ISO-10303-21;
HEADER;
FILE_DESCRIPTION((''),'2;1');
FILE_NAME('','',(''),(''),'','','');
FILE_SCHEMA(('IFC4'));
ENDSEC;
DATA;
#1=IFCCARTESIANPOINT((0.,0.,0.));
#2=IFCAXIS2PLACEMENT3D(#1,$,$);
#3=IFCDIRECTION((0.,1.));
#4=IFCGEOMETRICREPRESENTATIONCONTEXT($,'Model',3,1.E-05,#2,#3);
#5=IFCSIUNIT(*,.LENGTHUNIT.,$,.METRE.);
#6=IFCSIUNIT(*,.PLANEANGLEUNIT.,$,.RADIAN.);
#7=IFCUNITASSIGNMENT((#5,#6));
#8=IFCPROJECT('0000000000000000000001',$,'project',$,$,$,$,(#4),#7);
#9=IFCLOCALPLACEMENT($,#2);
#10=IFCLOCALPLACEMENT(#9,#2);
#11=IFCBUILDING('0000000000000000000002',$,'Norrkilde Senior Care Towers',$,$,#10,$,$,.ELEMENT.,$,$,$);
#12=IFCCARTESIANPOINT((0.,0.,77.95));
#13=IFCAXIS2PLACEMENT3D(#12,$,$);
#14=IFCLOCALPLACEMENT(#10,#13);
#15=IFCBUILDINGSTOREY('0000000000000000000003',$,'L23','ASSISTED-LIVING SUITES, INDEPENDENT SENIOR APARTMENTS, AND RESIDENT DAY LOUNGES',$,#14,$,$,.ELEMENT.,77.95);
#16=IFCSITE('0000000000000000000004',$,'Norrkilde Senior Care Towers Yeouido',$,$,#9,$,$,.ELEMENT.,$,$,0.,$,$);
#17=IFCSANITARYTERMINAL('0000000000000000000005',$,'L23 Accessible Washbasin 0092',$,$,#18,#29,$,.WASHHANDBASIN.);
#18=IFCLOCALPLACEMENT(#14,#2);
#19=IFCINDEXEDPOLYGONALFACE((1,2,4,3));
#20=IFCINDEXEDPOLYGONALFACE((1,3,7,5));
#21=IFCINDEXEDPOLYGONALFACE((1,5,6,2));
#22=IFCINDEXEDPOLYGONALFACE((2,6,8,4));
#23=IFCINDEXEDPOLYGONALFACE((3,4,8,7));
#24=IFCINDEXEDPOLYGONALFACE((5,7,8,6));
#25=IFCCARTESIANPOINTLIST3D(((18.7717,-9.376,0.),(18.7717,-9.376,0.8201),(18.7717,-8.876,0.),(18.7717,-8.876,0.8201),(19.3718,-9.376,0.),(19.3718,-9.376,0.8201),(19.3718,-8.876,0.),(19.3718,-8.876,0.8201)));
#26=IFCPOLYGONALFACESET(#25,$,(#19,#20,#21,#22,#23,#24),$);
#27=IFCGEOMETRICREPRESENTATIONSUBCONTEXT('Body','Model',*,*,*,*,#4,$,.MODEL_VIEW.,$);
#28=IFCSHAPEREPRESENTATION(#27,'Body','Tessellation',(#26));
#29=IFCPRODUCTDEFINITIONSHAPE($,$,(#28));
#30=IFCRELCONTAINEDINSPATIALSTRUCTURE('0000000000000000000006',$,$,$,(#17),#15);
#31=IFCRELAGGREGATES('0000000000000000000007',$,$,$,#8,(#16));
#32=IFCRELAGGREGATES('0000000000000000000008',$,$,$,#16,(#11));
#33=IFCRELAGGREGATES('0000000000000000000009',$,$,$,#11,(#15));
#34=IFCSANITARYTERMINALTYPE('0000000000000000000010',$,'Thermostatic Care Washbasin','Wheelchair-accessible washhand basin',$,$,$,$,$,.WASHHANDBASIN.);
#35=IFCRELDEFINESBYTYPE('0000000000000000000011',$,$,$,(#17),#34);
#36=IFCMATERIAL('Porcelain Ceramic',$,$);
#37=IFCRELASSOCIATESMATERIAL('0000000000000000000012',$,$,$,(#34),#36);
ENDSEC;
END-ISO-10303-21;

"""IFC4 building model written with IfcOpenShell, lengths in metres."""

from ifc_helpers import new_model, si_unit, direction, frame, origin, origin_2d, place, context, subcontext, project, spatial, rectangle, extrude, source, transform, mapped, material, type_object, type_shapes, element, save


model = new_model("IFC4")

# Units and contexts
model_context = context("Model", 3, precision=1e-05, world=origin(), true_north=direction((0.0, 1.0)))
body_context = subcontext(model_context, "Body", "Model", "MODEL_VIEW")
ifc_project = project(units=[si_unit("LENGTHUNIT", "METRE"), si_unit("PLANEANGLEUNIT", "RADIAN")], contexts=[model_context])

# Site, building, storey
site_placement = place(None, origin())
site = spatial("IfcSite", under=ifc_project, at=site_placement, Name="Norrkilde Senior Care Towers Yeouido", CompositionType="ELEMENT", RefElevation=0.0)
building_placement = place(site_placement, origin())
building = spatial("IfcBuilding", under=site, at=building_placement, Name="Norrkilde Senior Care Towers", CompositionType="ELEMENT")
storey_placement = place(building_placement, frame((0.0, 0.0, 77.95)))
storey = spatial("IfcBuildingStorey", under=building, at=storey_placement, Name="L23", Description="ASSISTED-LIVING SUITES, INDEPENDENT SENIOR APARTMENTS, AND RESIDENT DAY LOUNGES", CompositionType="ELEMENT", Elevation=77.95)

# Sanitary terminal
ifc_material_1 = material(Name="Porcelain Ceramic")
sanitary_terminal_type = type_object("IfcSanitaryTerminalType", Name="Thermostatic Care Washbasin", Description="Wheelchair-accessible washhand basin", PredefinedType="WASHHANDBASIN", material=ifc_material_1)
shared_shape_1 = source(origin(), body_context, "Body", "SweptSolid", [
    extrude(rectangle(XDim=0.6001, YDim=0.5, at=origin_2d()), origin(), (0.0, 0.0, 1.0), 0.8201),
])
type_shapes(sanitary_terminal_type, [shared_shape_1])
sanitary_terminal_placement = place(storey_placement, frame((19.0718, -9.126, 0.0), z_axis=(0.0, 0.0, 1.0), x_axis=(1.0, 0.0, 0.0)))
element("IfcSanitaryTerminal", 1, at=sanitary_terminal_placement, inside=storey, type_object=sanitary_terminal_type, Name="L23 Accessible Washbasin 0092", PredefinedType="WASHHANDBASIN", context=body_context, shape_type="MappedRepresentation", body=[
    mapped(shared_shape_1, transform((0.0, 0.0, 0.0), x_axis=(1.0, 0.0, 0.0), y_axis=(0.0, 1.0, 0.0), z_axis=(0.0, 0.0, 1.0), scale=1.0)),
])

save(model, "model.ifc")
